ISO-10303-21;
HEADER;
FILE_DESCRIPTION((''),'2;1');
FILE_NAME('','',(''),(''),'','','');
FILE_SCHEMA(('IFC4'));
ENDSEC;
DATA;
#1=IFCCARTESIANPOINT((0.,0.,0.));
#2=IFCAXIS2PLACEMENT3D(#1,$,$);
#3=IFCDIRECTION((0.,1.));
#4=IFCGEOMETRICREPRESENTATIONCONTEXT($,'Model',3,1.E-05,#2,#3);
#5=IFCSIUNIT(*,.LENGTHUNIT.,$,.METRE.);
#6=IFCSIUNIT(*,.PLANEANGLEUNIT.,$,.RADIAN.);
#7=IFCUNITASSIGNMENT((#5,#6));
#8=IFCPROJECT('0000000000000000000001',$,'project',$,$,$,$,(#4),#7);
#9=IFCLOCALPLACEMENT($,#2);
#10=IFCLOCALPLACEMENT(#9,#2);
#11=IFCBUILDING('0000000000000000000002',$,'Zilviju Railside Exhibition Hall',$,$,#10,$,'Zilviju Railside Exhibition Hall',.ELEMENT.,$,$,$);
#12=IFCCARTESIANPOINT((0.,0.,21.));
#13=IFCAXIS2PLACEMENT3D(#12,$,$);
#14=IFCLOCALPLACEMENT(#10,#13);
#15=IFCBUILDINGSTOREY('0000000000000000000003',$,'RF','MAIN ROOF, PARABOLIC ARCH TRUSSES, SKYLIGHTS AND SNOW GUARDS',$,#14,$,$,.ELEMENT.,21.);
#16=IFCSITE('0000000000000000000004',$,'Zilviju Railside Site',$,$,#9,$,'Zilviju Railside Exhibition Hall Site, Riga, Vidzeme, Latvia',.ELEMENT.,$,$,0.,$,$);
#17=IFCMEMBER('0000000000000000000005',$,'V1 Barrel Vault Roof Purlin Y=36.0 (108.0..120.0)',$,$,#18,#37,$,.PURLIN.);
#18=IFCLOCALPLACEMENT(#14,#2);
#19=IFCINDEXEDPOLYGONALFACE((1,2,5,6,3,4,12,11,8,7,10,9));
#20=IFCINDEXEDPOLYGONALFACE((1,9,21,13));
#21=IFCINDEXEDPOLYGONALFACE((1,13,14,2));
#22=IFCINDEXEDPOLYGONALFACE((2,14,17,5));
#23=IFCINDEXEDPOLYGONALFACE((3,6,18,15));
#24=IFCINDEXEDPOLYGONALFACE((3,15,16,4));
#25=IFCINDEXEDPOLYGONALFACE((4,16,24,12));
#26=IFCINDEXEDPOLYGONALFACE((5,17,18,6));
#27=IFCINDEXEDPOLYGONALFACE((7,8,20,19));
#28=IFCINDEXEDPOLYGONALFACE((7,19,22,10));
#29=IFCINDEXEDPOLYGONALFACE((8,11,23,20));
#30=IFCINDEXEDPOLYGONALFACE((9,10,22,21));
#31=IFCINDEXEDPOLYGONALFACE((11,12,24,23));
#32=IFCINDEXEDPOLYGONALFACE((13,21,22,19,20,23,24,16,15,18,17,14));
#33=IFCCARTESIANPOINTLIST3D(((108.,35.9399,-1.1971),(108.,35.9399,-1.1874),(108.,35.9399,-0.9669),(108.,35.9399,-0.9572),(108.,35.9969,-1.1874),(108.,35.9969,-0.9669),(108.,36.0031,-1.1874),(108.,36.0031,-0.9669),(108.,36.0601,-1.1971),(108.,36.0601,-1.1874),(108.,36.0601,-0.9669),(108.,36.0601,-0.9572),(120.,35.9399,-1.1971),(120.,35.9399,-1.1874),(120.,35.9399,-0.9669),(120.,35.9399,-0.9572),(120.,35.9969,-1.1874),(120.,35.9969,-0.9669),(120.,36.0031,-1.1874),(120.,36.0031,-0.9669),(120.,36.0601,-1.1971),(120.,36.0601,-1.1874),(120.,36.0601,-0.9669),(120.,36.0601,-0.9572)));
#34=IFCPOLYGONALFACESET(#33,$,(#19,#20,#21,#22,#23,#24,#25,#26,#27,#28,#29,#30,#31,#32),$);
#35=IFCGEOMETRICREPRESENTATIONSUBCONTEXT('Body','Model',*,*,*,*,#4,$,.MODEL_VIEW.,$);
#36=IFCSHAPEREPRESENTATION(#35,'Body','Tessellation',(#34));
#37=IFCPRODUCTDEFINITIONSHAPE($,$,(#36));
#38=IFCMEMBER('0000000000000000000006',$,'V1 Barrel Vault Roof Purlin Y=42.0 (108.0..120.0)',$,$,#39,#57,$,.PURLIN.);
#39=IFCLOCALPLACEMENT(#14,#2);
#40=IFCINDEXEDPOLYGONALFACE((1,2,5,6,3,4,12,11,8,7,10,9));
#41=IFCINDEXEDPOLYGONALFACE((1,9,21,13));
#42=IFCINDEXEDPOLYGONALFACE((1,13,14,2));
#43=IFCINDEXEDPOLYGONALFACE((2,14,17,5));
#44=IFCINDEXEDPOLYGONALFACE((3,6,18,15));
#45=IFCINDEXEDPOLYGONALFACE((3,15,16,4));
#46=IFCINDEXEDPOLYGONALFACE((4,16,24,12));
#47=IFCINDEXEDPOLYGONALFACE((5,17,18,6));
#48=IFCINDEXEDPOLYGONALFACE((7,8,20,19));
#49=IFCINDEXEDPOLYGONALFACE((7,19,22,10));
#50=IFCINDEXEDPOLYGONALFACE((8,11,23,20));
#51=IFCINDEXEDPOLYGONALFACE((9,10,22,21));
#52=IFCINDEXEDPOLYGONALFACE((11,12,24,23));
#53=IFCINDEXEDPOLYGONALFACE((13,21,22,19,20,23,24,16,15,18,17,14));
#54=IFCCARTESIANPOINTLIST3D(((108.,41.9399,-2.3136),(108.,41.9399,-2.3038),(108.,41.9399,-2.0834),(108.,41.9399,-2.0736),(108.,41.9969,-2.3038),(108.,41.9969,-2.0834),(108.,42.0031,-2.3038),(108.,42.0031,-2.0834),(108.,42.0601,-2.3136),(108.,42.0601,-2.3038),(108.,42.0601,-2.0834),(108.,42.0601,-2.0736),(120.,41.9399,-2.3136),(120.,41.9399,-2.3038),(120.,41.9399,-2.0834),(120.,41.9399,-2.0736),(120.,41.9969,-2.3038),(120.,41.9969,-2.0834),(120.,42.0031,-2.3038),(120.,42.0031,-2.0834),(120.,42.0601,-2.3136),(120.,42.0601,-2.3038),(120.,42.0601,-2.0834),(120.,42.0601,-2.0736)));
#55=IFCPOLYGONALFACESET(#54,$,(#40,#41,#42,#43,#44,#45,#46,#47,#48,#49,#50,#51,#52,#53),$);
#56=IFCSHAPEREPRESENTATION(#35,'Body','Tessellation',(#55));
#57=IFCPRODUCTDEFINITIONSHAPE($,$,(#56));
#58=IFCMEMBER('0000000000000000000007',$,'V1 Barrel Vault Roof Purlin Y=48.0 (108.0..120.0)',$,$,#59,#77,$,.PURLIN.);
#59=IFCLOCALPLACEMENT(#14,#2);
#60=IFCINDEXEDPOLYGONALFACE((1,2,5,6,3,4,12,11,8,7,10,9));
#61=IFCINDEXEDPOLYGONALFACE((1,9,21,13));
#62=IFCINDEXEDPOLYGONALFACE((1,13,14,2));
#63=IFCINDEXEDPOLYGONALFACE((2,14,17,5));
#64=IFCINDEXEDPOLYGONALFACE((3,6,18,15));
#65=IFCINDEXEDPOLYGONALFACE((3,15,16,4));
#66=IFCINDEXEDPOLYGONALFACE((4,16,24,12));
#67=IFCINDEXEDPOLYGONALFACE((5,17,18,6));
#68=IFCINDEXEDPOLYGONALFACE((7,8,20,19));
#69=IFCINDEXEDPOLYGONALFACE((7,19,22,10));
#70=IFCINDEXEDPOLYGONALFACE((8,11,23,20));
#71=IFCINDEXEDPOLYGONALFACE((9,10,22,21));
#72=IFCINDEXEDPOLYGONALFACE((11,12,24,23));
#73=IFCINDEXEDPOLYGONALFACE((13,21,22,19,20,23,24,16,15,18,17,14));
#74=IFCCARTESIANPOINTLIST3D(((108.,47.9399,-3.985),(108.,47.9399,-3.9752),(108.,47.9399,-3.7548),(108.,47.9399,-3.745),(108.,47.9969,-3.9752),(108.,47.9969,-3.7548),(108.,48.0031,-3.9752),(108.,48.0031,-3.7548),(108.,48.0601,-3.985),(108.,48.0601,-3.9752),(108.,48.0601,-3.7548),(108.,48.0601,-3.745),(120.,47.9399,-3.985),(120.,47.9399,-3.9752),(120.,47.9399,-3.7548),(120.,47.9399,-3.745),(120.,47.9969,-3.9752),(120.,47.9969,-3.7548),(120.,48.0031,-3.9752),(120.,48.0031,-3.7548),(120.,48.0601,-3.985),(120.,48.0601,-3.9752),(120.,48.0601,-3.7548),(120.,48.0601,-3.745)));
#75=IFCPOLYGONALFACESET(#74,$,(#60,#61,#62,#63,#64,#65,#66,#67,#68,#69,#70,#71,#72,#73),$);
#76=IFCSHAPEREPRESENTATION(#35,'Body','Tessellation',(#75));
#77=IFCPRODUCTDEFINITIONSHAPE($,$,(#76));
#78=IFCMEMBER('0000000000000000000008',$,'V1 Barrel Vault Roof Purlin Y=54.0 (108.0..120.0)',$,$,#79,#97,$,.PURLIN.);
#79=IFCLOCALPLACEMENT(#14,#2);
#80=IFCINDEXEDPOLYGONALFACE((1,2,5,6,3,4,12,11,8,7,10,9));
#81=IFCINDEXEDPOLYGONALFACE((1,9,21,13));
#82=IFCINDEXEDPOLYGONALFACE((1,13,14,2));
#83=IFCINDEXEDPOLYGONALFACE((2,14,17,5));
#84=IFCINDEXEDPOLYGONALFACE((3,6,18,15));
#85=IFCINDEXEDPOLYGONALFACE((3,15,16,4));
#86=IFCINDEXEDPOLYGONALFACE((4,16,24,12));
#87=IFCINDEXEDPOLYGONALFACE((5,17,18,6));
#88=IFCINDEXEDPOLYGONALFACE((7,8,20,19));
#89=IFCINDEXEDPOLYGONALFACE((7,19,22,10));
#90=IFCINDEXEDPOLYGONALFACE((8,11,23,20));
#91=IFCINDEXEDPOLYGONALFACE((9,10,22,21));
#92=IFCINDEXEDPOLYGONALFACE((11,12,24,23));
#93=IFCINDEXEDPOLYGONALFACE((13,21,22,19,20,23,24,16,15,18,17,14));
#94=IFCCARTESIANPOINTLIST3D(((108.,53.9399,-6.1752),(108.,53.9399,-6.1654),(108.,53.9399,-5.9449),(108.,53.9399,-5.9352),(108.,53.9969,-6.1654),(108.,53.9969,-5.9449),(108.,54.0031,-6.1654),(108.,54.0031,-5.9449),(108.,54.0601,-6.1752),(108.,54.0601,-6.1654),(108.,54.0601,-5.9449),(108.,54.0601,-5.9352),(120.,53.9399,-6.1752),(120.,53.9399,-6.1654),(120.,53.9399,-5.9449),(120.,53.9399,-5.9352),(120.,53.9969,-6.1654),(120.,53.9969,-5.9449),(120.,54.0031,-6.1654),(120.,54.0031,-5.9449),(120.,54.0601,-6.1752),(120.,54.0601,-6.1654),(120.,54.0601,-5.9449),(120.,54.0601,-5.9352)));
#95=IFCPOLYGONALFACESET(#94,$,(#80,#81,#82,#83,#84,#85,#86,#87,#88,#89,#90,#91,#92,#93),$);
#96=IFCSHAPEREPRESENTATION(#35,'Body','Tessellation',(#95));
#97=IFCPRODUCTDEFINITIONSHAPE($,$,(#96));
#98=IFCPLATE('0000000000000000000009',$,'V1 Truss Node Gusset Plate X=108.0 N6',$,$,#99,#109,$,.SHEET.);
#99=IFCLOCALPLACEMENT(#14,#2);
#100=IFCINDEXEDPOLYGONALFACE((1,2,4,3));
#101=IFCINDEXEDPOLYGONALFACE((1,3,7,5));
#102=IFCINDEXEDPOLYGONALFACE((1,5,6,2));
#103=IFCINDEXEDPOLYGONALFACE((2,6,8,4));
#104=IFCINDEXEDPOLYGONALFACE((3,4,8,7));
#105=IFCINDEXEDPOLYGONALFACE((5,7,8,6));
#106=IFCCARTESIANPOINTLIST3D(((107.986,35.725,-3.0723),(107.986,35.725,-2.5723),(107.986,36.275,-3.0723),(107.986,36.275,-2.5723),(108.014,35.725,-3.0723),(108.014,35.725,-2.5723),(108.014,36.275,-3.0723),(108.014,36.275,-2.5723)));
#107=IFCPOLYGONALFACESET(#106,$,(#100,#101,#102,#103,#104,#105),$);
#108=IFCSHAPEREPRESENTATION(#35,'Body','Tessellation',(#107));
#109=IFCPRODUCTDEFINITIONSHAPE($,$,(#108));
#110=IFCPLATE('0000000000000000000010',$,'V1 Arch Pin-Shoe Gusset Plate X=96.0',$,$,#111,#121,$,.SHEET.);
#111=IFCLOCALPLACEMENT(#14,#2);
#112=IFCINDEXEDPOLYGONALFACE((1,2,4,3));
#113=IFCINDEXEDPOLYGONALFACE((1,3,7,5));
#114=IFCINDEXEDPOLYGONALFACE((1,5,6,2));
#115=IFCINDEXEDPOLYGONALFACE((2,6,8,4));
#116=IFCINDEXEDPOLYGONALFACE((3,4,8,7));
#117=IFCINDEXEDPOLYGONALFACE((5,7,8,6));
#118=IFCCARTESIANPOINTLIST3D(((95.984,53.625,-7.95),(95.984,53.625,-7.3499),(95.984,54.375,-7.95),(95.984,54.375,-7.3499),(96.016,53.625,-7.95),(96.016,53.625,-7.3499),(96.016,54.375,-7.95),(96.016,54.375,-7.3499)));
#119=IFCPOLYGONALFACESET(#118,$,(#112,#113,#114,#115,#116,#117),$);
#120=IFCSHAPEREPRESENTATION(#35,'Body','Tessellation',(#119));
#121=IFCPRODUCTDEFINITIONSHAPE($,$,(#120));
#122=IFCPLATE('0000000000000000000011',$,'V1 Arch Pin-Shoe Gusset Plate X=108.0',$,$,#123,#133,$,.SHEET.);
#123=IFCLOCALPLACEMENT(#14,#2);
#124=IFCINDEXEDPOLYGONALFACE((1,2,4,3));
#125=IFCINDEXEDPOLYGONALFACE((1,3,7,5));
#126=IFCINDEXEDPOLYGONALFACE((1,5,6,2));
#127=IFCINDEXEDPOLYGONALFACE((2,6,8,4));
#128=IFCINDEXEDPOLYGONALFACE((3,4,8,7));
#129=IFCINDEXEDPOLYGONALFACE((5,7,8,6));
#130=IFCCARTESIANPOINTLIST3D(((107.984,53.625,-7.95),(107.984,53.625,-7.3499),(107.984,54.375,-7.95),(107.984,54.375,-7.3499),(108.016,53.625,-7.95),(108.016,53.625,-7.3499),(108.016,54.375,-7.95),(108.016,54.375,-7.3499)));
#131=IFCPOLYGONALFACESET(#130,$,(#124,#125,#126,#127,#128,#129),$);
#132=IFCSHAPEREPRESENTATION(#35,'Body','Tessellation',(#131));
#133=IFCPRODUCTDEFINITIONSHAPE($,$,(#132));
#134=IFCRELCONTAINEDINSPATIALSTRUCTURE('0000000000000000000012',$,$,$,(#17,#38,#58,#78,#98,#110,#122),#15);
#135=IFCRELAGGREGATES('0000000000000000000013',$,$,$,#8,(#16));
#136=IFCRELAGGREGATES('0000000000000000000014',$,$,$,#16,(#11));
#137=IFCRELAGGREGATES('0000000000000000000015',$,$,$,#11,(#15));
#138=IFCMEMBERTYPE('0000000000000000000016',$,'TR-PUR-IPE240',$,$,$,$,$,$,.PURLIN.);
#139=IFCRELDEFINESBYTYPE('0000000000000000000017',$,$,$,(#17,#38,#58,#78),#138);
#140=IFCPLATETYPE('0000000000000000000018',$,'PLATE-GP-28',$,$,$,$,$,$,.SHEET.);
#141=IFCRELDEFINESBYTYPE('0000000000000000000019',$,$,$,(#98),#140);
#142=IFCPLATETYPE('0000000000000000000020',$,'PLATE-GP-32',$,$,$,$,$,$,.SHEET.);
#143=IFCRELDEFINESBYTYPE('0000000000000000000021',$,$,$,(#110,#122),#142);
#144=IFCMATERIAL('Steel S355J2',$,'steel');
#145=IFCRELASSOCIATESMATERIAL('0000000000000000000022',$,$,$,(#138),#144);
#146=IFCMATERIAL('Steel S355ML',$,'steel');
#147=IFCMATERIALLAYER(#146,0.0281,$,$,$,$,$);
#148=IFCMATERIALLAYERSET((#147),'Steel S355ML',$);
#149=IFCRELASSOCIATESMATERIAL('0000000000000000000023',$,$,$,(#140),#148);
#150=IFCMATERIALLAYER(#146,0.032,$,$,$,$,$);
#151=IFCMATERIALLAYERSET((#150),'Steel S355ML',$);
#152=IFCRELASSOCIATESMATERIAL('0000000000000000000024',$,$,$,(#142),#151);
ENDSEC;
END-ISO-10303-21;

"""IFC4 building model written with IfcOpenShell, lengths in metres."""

from ifc_helpers import new_model, si_unit, direction, frame, origin, origin_2d, place, context, subcontext, project, spatial, rectangle, i_section, extrude, material, layer, layer_set, material_profile, profile_set, type_object, element, save


model = new_model("IFC4")

# Units and contexts
model_context = context("Model", 3, precision=1e-05, world=origin(), true_north=direction((0.0, 1.0)))
body_context = subcontext(model_context, "Body", "Model", "MODEL_VIEW")
ifc_project = project(units=[si_unit("LENGTHUNIT", "METRE"), si_unit("PLANEANGLEUNIT", "RADIAN")], contexts=[model_context])

# Site, building, storey
site_placement = place(None, origin())
site = spatial("IfcSite", under=ifc_project, at=site_placement, Name="Zilviju Railside Site", LongName="Zilviju Railside Exhibition Hall Site, Riga, Vidzeme, Latvia", CompositionType="ELEMENT", RefElevation=0.0)
building_placement = place(site_placement, origin())
building = spatial("IfcBuilding", under=site, at=building_placement, Name="Zilviju Railside Exhibition Hall", LongName="Zilviju Railside Exhibition Hall", CompositionType="ELEMENT")
storey_placement = place(building_placement, frame((0.0, 0.0, 21.0)))
storey = spatial("IfcBuildingStorey", under=building, at=storey_placement, Name="RF", Description="MAIN ROOF, PARABOLIC ARCH TRUSSES, SKYLIGHTS AND SNOW GUARDS", CompositionType="ELEMENT", Elevation=21.0)

# Members
ifc_material_1 = material(Name="Steel S355J2", Category="steel")
ifc_material_profile_1 = material_profile(ifc_material_1, i_section(OverallWidth=0.1201, OverallDepth=0.24, WebThickness=0.0061, FlangeThickness=0.0098, at=origin_2d()), Name="IPE 240")
ifc_profile_set_1 = profile_set([ifc_material_profile_1], Name="Steel S355J2")
member_type_1 = type_object("IfcMemberType", Name="TR-PUR-IPE240", PredefinedType="PURLIN", material=ifc_profile_set_1)
for number, where, z_axis, x_axis, name in (
    (1, (108.0, 36.0, -1.0771), (1.0, 0.0, 0.0), (0.0, 1.0, 0.0), "V1 Barrel Vault Roof Purlin Y=36.0 (108.0..120.0)"),
    (2, (108.0, 42.0, -2.1936), (1.0, 0.0, 0.0), (0.0, 1.0, 0.0), "V1 Barrel Vault Roof Purlin Y=42.0 (108.0..120.0)"),
    (3, (108.0, 48.0, -3.865), (1.0, 0.0, 0.0), (0.0, 1.0, 0.0), "V1 Barrel Vault Roof Purlin Y=48.0 (108.0..120.0)"),
    (4, (108.0, 54.0, -6.0552), (1.0, 0.0, 0.0), (0.0, 1.0, 0.0), "V1 Barrel Vault Roof Purlin Y=54.0 (108.0..120.0)"),
):
    element("IfcMember", number, at=place(storey_placement, frame(where, z_axis=z_axis, x_axis=x_axis)), inside=storey, type_object=member_type_1, Name=name, PredefinedType="PURLIN", context=body_context, shape_type="SweptSolid", body=[
        extrude(i_section(OverallWidth=0.1201, OverallDepth=0.24, WebThickness=0.0061, FlangeThickness=0.0098, at=origin_2d()), origin(), (0.0, 0.0, 1.0), 12.0),
    ])

# Plates
ifc_material_2 = material(Name="Steel S355ML", Category="steel")
ifc_layer_1 = layer(ifc_material_2, 0.0281)
ifc_layer_set_1 = layer_set([ifc_layer_1], Name="Steel S355ML")
plate_type_1 = type_object("IfcPlateType", Name="PLATE-GP-28", PredefinedType="SHEET", material=ifc_layer_set_1)
plate_placement = place(storey_placement, frame((108.0, 36.0, -3.0723), z_axis=(0.0, 0.0, 1.0), x_axis=(1.0, 0.0, 0.0)))
element("IfcPlate", 5, at=plate_placement, inside=storey, type_object=plate_type_1, Name="V1 Truss Node Gusset Plate X=108.0 N6", PredefinedType="SHEET", context=body_context, shape_type="SweptSolid", body=[
    extrude(rectangle(XDim=0.0281, YDim=0.55, at=origin_2d()), origin(), (0.0, 0.0, 1.0), 0.5),
])
ifc_layer_2 = layer(ifc_material_2, 0.032)
ifc_layer_set_2 = layer_set([ifc_layer_2], Name="Steel S355ML")
plate_type_2 = type_object("IfcPlateType", Name="PLATE-GP-32", PredefinedType="SHEET", material=ifc_layer_set_2)
for number, where, z_axis, x_axis, name in (
    (6, (96.0, 54.0, -7.95), (0.0, 0.0, 1.0), (1.0, 0.0, 0.0), "V1 Arch Pin-Shoe Gusset Plate X=96.0"),
    (7, (108.0, 54.0, -7.95), (0.0, 0.0, 1.0), (1.0, 0.0, 0.0), "V1 Arch Pin-Shoe Gusset Plate X=108.0"),
):
    element("IfcPlate", number, at=place(storey_placement, frame(where, z_axis=z_axis, x_axis=x_axis)), inside=storey, type_object=plate_type_2, Name=name, PredefinedType="SHEET", context=body_context, shape_type="SweptSolid", body=[
        extrude(rectangle(XDim=0.032, YDim=0.75, at=origin_2d()), origin(), (0.0, 0.0, 1.0), 0.6001),
    ])

save(model, "model.ifc")
